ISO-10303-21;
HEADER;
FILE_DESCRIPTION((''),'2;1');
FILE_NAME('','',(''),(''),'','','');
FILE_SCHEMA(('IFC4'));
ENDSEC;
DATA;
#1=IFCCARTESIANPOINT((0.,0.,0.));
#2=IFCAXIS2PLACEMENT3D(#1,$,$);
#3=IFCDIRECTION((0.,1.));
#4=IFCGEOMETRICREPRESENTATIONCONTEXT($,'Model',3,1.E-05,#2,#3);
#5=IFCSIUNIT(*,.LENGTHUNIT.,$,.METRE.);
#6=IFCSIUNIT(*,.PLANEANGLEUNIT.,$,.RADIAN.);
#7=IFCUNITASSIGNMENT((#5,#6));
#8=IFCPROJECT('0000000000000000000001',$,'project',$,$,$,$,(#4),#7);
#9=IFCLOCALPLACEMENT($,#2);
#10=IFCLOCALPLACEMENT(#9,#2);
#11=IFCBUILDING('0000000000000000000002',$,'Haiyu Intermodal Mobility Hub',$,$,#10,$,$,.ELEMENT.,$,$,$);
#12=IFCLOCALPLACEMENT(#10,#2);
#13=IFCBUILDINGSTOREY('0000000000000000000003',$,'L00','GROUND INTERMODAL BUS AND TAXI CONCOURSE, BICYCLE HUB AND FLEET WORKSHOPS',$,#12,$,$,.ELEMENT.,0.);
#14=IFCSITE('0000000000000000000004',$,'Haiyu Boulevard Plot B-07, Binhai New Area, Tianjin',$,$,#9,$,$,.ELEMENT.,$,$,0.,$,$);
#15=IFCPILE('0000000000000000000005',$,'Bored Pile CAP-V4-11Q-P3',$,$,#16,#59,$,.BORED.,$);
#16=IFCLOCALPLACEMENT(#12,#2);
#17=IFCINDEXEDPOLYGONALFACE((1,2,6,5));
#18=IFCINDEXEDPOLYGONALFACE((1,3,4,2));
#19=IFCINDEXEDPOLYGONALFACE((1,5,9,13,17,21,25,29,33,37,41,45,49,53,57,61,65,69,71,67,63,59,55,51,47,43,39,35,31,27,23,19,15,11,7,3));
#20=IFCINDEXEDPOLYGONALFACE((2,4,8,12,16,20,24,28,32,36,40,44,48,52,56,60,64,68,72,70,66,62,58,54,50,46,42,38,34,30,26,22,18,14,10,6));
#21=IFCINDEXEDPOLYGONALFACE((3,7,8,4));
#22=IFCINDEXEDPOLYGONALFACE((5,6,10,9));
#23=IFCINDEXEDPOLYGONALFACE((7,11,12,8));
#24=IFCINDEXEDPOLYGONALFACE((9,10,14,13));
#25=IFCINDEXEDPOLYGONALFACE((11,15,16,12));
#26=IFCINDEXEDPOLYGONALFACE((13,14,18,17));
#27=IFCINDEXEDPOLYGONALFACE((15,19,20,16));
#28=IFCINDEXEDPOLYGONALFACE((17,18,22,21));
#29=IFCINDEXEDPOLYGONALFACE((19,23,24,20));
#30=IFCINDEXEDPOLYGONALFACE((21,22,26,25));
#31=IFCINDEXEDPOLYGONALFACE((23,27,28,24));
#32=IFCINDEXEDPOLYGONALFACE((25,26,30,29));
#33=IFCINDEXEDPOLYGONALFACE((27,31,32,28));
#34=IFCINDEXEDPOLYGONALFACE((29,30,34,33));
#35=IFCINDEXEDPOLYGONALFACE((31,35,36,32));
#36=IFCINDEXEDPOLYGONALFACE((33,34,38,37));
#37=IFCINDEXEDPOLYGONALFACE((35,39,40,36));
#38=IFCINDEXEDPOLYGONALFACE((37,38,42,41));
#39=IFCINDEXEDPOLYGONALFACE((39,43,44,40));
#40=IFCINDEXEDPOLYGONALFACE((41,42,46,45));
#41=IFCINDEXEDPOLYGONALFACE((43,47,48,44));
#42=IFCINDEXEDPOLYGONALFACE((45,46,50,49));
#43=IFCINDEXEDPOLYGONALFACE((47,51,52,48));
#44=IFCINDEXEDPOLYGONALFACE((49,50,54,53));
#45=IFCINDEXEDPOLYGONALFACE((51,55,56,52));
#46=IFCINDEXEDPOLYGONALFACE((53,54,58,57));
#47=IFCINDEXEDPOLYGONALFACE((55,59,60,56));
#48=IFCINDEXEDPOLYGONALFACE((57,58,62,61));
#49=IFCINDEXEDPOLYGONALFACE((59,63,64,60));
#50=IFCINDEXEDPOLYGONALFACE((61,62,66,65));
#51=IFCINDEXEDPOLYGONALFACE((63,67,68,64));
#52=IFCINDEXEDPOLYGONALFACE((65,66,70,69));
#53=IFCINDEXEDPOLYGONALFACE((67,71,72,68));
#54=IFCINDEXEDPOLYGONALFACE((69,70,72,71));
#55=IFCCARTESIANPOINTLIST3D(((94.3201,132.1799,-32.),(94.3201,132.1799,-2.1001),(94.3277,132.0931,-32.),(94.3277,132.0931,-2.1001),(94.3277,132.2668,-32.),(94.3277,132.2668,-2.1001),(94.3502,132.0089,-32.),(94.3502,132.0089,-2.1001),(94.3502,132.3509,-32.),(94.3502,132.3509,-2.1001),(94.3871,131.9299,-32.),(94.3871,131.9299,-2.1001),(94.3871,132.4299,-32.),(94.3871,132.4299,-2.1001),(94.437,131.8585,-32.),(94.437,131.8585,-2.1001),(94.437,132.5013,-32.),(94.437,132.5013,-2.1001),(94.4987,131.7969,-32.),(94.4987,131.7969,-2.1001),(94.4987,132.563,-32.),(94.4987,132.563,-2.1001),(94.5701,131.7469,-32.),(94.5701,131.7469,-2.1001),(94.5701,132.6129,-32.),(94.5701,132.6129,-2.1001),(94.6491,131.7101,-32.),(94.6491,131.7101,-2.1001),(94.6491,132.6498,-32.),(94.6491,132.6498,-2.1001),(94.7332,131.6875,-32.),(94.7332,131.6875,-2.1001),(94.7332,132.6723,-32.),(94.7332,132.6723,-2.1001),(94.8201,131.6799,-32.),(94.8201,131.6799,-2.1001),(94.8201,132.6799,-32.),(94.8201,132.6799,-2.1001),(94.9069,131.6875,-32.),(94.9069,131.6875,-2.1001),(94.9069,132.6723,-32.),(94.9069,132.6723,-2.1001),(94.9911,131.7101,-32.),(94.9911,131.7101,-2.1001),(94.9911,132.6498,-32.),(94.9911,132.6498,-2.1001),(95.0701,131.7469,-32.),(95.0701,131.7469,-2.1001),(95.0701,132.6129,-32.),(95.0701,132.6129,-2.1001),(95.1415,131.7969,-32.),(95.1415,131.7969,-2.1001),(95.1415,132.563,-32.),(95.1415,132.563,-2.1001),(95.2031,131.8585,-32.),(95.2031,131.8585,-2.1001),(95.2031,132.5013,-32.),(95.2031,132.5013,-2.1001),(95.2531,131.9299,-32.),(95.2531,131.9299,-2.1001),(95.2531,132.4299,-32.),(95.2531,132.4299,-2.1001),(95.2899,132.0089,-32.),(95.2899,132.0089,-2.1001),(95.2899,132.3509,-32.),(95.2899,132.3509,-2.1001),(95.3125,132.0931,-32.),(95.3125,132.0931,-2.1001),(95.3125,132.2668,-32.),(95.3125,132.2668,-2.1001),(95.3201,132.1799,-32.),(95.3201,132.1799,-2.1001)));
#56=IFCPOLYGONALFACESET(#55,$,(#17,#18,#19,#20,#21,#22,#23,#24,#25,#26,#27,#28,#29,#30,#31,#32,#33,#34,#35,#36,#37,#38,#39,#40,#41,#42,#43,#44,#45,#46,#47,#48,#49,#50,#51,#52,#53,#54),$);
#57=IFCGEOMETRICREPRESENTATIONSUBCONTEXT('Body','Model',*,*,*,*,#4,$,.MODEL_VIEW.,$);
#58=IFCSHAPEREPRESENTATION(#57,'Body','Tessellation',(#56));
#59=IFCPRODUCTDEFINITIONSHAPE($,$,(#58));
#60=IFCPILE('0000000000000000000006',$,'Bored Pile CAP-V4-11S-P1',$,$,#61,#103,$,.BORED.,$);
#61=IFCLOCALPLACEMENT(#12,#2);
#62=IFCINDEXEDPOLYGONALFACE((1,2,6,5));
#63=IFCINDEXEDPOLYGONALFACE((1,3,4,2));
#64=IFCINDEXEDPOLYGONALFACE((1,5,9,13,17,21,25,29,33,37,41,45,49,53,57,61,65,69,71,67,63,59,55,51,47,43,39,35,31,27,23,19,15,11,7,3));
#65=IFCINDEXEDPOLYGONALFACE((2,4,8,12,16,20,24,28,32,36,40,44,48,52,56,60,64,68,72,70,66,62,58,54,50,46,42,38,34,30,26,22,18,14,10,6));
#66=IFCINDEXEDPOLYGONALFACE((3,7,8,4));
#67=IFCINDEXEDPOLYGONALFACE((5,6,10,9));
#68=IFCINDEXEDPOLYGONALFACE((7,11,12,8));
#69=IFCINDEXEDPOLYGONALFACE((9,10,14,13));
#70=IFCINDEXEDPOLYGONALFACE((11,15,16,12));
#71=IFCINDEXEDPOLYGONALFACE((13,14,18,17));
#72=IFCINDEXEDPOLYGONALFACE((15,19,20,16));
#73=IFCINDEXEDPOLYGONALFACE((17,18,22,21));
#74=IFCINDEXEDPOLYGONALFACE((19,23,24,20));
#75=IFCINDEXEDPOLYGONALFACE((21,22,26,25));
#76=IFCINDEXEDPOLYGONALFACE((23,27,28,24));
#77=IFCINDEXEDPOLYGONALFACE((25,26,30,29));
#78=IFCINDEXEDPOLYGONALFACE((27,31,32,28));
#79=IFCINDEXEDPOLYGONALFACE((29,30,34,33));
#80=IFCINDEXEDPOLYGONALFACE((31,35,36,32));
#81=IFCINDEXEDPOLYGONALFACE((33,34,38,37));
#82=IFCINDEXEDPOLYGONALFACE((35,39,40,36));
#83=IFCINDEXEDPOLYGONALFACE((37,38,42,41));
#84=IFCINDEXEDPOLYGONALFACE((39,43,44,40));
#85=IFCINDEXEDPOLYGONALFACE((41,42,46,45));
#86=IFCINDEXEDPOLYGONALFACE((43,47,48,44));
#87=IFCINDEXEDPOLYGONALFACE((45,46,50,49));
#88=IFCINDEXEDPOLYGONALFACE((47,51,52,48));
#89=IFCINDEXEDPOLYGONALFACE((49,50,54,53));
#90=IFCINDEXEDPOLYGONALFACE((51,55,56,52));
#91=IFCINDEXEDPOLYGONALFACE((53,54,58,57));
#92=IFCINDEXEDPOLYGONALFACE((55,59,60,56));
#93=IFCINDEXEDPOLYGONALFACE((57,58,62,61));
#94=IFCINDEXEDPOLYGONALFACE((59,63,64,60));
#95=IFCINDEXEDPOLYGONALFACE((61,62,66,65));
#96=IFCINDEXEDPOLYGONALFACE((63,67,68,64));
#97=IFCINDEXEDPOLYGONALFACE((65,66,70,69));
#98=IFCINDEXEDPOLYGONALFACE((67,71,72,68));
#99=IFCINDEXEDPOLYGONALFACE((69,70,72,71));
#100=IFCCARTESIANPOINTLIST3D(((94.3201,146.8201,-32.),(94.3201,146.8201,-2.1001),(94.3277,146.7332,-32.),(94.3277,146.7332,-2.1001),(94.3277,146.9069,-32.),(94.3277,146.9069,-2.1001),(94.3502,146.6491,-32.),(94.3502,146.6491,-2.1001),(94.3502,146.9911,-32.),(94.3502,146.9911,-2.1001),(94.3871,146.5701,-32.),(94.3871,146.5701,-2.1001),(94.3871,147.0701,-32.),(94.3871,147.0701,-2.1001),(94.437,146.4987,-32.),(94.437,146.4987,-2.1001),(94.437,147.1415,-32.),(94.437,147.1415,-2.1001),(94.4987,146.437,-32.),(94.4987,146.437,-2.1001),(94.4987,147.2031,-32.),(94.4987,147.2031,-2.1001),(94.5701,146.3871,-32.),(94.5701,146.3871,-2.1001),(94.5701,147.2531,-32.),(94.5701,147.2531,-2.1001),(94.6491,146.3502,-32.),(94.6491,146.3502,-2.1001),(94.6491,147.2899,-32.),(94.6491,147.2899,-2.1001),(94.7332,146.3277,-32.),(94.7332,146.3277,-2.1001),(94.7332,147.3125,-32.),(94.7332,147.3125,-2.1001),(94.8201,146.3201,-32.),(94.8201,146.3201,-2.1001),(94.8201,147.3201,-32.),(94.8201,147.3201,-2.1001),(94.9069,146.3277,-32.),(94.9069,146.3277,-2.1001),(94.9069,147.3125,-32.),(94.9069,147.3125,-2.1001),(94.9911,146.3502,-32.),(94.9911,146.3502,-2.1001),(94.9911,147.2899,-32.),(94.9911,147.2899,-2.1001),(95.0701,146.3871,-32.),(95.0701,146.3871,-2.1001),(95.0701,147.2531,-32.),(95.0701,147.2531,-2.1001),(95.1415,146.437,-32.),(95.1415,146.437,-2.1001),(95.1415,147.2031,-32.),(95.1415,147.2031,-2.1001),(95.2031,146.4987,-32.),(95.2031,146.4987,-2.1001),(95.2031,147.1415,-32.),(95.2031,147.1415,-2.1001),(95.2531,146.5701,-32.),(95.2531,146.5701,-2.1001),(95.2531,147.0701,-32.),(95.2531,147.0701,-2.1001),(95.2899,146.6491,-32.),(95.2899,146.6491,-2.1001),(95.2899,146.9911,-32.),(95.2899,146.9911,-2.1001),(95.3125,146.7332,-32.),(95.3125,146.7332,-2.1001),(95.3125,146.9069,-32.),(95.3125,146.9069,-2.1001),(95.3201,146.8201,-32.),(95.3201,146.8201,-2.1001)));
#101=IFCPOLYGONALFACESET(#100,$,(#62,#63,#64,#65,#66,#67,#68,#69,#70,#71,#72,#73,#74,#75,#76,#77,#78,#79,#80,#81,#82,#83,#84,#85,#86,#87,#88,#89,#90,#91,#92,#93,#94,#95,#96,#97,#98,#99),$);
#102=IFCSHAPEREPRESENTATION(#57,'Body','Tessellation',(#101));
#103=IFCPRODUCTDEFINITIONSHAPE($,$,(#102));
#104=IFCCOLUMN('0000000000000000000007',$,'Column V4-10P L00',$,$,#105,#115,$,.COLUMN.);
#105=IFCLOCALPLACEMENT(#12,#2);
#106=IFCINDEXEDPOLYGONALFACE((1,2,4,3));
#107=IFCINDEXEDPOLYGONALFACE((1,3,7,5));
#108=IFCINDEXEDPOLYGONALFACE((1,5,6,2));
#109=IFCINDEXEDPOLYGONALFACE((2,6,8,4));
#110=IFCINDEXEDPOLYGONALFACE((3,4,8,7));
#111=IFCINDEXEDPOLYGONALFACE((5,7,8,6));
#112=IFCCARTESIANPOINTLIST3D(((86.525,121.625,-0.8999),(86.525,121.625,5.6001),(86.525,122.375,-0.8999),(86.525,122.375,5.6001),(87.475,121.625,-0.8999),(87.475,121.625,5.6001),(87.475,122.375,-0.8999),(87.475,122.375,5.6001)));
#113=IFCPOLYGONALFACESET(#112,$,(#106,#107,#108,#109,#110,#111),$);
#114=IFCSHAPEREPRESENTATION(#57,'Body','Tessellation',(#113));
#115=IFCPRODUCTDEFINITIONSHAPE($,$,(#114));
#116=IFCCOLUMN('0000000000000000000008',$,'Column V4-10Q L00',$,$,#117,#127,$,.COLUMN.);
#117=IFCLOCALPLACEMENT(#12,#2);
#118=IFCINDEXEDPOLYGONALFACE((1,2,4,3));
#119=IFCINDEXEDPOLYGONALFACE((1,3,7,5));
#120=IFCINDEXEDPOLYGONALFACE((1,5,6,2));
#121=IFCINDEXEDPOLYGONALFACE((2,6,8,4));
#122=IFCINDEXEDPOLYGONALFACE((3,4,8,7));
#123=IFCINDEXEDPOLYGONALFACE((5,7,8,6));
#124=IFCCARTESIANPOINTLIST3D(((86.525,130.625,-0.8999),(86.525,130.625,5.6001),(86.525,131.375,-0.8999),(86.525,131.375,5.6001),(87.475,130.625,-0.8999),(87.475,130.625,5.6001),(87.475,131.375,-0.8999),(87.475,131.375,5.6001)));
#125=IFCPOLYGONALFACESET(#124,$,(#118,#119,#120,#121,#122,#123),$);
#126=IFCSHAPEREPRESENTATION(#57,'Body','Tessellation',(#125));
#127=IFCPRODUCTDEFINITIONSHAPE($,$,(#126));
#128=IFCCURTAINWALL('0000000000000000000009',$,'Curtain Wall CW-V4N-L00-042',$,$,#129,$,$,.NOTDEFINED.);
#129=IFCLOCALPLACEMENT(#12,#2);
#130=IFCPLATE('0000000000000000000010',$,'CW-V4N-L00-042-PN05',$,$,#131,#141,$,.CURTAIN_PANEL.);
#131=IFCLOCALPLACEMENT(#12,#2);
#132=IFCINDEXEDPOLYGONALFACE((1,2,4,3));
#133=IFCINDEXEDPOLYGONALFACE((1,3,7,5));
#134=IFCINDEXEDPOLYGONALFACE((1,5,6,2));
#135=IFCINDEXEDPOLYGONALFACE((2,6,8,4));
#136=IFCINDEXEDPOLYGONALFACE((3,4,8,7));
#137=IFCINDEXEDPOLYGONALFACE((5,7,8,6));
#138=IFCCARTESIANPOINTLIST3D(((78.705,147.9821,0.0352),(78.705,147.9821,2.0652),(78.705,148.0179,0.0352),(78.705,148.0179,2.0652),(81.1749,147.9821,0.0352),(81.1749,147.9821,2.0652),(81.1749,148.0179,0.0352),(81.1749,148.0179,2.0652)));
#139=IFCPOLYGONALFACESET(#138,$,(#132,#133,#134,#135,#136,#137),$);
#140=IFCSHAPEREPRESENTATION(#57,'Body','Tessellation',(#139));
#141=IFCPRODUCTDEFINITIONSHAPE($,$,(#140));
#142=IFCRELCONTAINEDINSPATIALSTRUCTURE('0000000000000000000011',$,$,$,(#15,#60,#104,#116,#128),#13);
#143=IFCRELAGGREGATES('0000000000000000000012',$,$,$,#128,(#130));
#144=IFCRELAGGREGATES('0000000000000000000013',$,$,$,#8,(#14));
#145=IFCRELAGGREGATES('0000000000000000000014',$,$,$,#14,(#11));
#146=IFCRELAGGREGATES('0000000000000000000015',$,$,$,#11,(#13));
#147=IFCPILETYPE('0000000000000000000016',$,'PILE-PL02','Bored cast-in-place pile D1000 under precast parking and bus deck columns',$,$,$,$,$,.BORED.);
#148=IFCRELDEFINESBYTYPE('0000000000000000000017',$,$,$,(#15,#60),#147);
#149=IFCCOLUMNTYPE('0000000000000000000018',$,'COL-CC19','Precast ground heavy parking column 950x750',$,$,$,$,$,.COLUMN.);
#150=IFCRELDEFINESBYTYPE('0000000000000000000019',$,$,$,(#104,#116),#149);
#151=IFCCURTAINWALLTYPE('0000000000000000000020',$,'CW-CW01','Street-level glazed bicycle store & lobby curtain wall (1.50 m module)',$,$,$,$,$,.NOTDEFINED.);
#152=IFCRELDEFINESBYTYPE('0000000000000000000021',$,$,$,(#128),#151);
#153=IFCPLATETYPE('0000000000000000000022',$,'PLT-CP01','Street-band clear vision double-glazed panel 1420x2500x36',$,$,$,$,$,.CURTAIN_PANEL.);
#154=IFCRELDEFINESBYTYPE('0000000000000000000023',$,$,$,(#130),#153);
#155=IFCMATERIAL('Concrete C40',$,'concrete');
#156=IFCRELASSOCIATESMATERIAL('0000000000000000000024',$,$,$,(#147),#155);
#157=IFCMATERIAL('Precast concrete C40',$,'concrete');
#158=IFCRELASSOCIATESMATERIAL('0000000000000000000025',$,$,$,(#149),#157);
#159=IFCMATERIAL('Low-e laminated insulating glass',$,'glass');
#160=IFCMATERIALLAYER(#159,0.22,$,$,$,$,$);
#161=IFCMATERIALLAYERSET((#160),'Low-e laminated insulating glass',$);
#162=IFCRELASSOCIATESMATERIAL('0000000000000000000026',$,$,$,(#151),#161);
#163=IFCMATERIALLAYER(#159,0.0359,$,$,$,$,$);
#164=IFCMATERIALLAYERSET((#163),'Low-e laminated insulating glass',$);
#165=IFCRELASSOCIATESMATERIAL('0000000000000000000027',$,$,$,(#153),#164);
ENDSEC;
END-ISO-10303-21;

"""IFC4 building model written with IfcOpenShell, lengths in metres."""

from ifc_helpers import new_model, si_unit, direction, frame, origin, origin_2d, place, context, subcontext, project, spatial, rectangle, circle, extrude, material, layer, layer_set, material_profile, profile_set, type_object, element, aggregate, save


model = new_model("IFC4")

# Units and contexts
model_context = context("Model", 3, precision=1e-05, world=origin(), true_north=direction((0.0, 1.0)))
body_context = subcontext(model_context, "Body", "Model", "MODEL_VIEW")
ifc_project = project(units=[si_unit("LENGTHUNIT", "METRE"), si_unit("PLANEANGLEUNIT", "RADIAN")], contexts=[model_context])

# Site, building, storey
site_placement = place(None, origin())
site = spatial("IfcSite", under=ifc_project, at=site_placement, Name="Haiyu Boulevard Plot B-07, Binhai New Area, Tianjin", CompositionType="ELEMENT", RefElevation=0.0)
building_placement = place(site_placement, origin())
building = spatial("IfcBuilding", under=site, at=building_placement, Name="Haiyu Intermodal Mobility Hub", CompositionType="ELEMENT")
storey_placement = place(building_placement, origin())
storey = spatial("IfcBuildingStorey", under=building, at=storey_placement, Name="L00", Description="GROUND INTERMODAL BUS AND TAXI CONCOURSE, BICYCLE HUB AND FLEET WORKSHOPS", CompositionType="ELEMENT", Elevation=0.0)

# Shared definitions
ifc_material_1 = material(Name="Concrete C40", Category="concrete")

# Piles
ifc_material_profile_1 = material_profile(ifc_material_1, circle(Radius=0.5, at=origin_2d()), Name="PILE-D1000")
ifc_profile_set_1 = profile_set([ifc_material_profile_1], Name="Concrete C40")
pile_type = type_object("IfcPileType", Name="PILE-PL02", Description="Bored cast-in-place pile D1000 under precast parking and bus deck columns", PredefinedType="BORED", material=ifc_profile_set_1)
for number, where, z_axis, x_axis, name in (
    (1, (94.8201, 132.1799, -2.1001), (0.0, 0.0, -1.0), (1.0, 0.0, 0.0), "Bored Pile CAP-V4-11Q-P3"),
    (2, (94.8201, 146.8201, -2.1001), (0.0, 0.0, -1.0), (1.0, 0.0, 0.0), "Bored Pile CAP-V4-11S-P1"),
):
    element("IfcPile", number, at=place(storey_placement, frame(where, z_axis=z_axis, x_axis=x_axis)), inside=storey, type_object=pile_type, Name=name, PredefinedType="BORED", context=body_context, shape_type="SweptSolid", body=[
        extrude(circle(Radius=0.5, at=origin_2d()), origin(), (0.0, 0.0, 1.0), 29.8999),
    ])

# Columns
ifc_material_2 = material(Name="Precast concrete C40", Category="concrete")
ifc_material_profile_2 = material_profile(ifc_material_2, rectangle(XDim=0.95, YDim=0.75, at=origin_2d()), Name="C950x750")
ifc_profile_set_2 = profile_set([ifc_material_profile_2], Name="Precast concrete C40")
column_type = type_object("IfcColumnType", Name="COL-CC19", Description="Precast ground heavy parking column 950x750", PredefinedType="COLUMN", material=ifc_profile_set_2)
for number, where, z_axis, x_axis, name in (
    (3, (87.0, 122.0, -0.8999), (0.0, 0.0, 1.0), (1.0, 0.0, 0.0), "Column V4-10P L00"),
    (4, (87.0, 131.0, -0.8999), (0.0, 0.0, 1.0), (1.0, 0.0, 0.0), "Column V4-10Q L00"),
):
    element("IfcColumn", number, at=place(storey_placement, frame(where, z_axis=z_axis, x_axis=x_axis)), inside=storey, type_object=column_type, Name=name, PredefinedType="COLUMN", context=body_context, shape_type="SweptSolid", body=[
        extrude(rectangle(XDim=0.95, YDim=0.75, at=origin_2d()), origin(), (0.0, 0.0, 1.0), 6.5),
    ])

# Curtain wall, plate
ifc_material_3 = material(Name="Low-e laminated insulating glass", Category="glass")
ifc_layer_1 = layer(ifc_material_3, 0.22)
ifc_layer_set_1 = layer_set([ifc_layer_1], Name="Low-e laminated insulating glass")
curtain_wall_type = type_object("IfcCurtainWallType", Name="CW-CW01", Description="Street-level glazed bicycle store & lobby curtain wall (1.50 m module)", PredefinedType="NOTDEFINED", material=ifc_layer_set_1)
curtain_wall_placement = place(storey_placement, origin())
curtain_wall = element("IfcCurtainWall", 5, at=curtain_wall_placement, inside=storey, type_object=curtain_wall_type, Name="Curtain Wall CW-V4N-L00-042", PredefinedType="NOTDEFINED")
ifc_layer_2 = layer(ifc_material_3, 0.0359)
ifc_layer_set_2 = layer_set([ifc_layer_2], Name="Low-e laminated insulating glass")
plate_type = type_object("IfcPlateType", Name="PLT-CP01", Description="Street-band clear vision double-glazed panel 1420x2500x36", PredefinedType="CURTAIN_PANEL", material=ifc_layer_set_2)
plate_placement = place(storey_placement, frame((79.9399, 148.0, 0.0352), z_axis=(0.0, 0.0, 1.0), x_axis=(-1.0, 0.0, 0.0)))
plate = element("IfcPlate", 6, at=plate_placement, type_object=plate_type, Name="CW-V4N-L00-042-PN05", PredefinedType="CURTAIN_PANEL", context=body_context, shape_type="SweptSolid", body=[
    extrude(rectangle(XDim=2.47, YDim=0.0359, at=origin_2d()), origin(), (0.0, 0.0, 1.0), 2.03),
])
aggregate(curtain_wall, [plate])

save(model, "model.ifc")
